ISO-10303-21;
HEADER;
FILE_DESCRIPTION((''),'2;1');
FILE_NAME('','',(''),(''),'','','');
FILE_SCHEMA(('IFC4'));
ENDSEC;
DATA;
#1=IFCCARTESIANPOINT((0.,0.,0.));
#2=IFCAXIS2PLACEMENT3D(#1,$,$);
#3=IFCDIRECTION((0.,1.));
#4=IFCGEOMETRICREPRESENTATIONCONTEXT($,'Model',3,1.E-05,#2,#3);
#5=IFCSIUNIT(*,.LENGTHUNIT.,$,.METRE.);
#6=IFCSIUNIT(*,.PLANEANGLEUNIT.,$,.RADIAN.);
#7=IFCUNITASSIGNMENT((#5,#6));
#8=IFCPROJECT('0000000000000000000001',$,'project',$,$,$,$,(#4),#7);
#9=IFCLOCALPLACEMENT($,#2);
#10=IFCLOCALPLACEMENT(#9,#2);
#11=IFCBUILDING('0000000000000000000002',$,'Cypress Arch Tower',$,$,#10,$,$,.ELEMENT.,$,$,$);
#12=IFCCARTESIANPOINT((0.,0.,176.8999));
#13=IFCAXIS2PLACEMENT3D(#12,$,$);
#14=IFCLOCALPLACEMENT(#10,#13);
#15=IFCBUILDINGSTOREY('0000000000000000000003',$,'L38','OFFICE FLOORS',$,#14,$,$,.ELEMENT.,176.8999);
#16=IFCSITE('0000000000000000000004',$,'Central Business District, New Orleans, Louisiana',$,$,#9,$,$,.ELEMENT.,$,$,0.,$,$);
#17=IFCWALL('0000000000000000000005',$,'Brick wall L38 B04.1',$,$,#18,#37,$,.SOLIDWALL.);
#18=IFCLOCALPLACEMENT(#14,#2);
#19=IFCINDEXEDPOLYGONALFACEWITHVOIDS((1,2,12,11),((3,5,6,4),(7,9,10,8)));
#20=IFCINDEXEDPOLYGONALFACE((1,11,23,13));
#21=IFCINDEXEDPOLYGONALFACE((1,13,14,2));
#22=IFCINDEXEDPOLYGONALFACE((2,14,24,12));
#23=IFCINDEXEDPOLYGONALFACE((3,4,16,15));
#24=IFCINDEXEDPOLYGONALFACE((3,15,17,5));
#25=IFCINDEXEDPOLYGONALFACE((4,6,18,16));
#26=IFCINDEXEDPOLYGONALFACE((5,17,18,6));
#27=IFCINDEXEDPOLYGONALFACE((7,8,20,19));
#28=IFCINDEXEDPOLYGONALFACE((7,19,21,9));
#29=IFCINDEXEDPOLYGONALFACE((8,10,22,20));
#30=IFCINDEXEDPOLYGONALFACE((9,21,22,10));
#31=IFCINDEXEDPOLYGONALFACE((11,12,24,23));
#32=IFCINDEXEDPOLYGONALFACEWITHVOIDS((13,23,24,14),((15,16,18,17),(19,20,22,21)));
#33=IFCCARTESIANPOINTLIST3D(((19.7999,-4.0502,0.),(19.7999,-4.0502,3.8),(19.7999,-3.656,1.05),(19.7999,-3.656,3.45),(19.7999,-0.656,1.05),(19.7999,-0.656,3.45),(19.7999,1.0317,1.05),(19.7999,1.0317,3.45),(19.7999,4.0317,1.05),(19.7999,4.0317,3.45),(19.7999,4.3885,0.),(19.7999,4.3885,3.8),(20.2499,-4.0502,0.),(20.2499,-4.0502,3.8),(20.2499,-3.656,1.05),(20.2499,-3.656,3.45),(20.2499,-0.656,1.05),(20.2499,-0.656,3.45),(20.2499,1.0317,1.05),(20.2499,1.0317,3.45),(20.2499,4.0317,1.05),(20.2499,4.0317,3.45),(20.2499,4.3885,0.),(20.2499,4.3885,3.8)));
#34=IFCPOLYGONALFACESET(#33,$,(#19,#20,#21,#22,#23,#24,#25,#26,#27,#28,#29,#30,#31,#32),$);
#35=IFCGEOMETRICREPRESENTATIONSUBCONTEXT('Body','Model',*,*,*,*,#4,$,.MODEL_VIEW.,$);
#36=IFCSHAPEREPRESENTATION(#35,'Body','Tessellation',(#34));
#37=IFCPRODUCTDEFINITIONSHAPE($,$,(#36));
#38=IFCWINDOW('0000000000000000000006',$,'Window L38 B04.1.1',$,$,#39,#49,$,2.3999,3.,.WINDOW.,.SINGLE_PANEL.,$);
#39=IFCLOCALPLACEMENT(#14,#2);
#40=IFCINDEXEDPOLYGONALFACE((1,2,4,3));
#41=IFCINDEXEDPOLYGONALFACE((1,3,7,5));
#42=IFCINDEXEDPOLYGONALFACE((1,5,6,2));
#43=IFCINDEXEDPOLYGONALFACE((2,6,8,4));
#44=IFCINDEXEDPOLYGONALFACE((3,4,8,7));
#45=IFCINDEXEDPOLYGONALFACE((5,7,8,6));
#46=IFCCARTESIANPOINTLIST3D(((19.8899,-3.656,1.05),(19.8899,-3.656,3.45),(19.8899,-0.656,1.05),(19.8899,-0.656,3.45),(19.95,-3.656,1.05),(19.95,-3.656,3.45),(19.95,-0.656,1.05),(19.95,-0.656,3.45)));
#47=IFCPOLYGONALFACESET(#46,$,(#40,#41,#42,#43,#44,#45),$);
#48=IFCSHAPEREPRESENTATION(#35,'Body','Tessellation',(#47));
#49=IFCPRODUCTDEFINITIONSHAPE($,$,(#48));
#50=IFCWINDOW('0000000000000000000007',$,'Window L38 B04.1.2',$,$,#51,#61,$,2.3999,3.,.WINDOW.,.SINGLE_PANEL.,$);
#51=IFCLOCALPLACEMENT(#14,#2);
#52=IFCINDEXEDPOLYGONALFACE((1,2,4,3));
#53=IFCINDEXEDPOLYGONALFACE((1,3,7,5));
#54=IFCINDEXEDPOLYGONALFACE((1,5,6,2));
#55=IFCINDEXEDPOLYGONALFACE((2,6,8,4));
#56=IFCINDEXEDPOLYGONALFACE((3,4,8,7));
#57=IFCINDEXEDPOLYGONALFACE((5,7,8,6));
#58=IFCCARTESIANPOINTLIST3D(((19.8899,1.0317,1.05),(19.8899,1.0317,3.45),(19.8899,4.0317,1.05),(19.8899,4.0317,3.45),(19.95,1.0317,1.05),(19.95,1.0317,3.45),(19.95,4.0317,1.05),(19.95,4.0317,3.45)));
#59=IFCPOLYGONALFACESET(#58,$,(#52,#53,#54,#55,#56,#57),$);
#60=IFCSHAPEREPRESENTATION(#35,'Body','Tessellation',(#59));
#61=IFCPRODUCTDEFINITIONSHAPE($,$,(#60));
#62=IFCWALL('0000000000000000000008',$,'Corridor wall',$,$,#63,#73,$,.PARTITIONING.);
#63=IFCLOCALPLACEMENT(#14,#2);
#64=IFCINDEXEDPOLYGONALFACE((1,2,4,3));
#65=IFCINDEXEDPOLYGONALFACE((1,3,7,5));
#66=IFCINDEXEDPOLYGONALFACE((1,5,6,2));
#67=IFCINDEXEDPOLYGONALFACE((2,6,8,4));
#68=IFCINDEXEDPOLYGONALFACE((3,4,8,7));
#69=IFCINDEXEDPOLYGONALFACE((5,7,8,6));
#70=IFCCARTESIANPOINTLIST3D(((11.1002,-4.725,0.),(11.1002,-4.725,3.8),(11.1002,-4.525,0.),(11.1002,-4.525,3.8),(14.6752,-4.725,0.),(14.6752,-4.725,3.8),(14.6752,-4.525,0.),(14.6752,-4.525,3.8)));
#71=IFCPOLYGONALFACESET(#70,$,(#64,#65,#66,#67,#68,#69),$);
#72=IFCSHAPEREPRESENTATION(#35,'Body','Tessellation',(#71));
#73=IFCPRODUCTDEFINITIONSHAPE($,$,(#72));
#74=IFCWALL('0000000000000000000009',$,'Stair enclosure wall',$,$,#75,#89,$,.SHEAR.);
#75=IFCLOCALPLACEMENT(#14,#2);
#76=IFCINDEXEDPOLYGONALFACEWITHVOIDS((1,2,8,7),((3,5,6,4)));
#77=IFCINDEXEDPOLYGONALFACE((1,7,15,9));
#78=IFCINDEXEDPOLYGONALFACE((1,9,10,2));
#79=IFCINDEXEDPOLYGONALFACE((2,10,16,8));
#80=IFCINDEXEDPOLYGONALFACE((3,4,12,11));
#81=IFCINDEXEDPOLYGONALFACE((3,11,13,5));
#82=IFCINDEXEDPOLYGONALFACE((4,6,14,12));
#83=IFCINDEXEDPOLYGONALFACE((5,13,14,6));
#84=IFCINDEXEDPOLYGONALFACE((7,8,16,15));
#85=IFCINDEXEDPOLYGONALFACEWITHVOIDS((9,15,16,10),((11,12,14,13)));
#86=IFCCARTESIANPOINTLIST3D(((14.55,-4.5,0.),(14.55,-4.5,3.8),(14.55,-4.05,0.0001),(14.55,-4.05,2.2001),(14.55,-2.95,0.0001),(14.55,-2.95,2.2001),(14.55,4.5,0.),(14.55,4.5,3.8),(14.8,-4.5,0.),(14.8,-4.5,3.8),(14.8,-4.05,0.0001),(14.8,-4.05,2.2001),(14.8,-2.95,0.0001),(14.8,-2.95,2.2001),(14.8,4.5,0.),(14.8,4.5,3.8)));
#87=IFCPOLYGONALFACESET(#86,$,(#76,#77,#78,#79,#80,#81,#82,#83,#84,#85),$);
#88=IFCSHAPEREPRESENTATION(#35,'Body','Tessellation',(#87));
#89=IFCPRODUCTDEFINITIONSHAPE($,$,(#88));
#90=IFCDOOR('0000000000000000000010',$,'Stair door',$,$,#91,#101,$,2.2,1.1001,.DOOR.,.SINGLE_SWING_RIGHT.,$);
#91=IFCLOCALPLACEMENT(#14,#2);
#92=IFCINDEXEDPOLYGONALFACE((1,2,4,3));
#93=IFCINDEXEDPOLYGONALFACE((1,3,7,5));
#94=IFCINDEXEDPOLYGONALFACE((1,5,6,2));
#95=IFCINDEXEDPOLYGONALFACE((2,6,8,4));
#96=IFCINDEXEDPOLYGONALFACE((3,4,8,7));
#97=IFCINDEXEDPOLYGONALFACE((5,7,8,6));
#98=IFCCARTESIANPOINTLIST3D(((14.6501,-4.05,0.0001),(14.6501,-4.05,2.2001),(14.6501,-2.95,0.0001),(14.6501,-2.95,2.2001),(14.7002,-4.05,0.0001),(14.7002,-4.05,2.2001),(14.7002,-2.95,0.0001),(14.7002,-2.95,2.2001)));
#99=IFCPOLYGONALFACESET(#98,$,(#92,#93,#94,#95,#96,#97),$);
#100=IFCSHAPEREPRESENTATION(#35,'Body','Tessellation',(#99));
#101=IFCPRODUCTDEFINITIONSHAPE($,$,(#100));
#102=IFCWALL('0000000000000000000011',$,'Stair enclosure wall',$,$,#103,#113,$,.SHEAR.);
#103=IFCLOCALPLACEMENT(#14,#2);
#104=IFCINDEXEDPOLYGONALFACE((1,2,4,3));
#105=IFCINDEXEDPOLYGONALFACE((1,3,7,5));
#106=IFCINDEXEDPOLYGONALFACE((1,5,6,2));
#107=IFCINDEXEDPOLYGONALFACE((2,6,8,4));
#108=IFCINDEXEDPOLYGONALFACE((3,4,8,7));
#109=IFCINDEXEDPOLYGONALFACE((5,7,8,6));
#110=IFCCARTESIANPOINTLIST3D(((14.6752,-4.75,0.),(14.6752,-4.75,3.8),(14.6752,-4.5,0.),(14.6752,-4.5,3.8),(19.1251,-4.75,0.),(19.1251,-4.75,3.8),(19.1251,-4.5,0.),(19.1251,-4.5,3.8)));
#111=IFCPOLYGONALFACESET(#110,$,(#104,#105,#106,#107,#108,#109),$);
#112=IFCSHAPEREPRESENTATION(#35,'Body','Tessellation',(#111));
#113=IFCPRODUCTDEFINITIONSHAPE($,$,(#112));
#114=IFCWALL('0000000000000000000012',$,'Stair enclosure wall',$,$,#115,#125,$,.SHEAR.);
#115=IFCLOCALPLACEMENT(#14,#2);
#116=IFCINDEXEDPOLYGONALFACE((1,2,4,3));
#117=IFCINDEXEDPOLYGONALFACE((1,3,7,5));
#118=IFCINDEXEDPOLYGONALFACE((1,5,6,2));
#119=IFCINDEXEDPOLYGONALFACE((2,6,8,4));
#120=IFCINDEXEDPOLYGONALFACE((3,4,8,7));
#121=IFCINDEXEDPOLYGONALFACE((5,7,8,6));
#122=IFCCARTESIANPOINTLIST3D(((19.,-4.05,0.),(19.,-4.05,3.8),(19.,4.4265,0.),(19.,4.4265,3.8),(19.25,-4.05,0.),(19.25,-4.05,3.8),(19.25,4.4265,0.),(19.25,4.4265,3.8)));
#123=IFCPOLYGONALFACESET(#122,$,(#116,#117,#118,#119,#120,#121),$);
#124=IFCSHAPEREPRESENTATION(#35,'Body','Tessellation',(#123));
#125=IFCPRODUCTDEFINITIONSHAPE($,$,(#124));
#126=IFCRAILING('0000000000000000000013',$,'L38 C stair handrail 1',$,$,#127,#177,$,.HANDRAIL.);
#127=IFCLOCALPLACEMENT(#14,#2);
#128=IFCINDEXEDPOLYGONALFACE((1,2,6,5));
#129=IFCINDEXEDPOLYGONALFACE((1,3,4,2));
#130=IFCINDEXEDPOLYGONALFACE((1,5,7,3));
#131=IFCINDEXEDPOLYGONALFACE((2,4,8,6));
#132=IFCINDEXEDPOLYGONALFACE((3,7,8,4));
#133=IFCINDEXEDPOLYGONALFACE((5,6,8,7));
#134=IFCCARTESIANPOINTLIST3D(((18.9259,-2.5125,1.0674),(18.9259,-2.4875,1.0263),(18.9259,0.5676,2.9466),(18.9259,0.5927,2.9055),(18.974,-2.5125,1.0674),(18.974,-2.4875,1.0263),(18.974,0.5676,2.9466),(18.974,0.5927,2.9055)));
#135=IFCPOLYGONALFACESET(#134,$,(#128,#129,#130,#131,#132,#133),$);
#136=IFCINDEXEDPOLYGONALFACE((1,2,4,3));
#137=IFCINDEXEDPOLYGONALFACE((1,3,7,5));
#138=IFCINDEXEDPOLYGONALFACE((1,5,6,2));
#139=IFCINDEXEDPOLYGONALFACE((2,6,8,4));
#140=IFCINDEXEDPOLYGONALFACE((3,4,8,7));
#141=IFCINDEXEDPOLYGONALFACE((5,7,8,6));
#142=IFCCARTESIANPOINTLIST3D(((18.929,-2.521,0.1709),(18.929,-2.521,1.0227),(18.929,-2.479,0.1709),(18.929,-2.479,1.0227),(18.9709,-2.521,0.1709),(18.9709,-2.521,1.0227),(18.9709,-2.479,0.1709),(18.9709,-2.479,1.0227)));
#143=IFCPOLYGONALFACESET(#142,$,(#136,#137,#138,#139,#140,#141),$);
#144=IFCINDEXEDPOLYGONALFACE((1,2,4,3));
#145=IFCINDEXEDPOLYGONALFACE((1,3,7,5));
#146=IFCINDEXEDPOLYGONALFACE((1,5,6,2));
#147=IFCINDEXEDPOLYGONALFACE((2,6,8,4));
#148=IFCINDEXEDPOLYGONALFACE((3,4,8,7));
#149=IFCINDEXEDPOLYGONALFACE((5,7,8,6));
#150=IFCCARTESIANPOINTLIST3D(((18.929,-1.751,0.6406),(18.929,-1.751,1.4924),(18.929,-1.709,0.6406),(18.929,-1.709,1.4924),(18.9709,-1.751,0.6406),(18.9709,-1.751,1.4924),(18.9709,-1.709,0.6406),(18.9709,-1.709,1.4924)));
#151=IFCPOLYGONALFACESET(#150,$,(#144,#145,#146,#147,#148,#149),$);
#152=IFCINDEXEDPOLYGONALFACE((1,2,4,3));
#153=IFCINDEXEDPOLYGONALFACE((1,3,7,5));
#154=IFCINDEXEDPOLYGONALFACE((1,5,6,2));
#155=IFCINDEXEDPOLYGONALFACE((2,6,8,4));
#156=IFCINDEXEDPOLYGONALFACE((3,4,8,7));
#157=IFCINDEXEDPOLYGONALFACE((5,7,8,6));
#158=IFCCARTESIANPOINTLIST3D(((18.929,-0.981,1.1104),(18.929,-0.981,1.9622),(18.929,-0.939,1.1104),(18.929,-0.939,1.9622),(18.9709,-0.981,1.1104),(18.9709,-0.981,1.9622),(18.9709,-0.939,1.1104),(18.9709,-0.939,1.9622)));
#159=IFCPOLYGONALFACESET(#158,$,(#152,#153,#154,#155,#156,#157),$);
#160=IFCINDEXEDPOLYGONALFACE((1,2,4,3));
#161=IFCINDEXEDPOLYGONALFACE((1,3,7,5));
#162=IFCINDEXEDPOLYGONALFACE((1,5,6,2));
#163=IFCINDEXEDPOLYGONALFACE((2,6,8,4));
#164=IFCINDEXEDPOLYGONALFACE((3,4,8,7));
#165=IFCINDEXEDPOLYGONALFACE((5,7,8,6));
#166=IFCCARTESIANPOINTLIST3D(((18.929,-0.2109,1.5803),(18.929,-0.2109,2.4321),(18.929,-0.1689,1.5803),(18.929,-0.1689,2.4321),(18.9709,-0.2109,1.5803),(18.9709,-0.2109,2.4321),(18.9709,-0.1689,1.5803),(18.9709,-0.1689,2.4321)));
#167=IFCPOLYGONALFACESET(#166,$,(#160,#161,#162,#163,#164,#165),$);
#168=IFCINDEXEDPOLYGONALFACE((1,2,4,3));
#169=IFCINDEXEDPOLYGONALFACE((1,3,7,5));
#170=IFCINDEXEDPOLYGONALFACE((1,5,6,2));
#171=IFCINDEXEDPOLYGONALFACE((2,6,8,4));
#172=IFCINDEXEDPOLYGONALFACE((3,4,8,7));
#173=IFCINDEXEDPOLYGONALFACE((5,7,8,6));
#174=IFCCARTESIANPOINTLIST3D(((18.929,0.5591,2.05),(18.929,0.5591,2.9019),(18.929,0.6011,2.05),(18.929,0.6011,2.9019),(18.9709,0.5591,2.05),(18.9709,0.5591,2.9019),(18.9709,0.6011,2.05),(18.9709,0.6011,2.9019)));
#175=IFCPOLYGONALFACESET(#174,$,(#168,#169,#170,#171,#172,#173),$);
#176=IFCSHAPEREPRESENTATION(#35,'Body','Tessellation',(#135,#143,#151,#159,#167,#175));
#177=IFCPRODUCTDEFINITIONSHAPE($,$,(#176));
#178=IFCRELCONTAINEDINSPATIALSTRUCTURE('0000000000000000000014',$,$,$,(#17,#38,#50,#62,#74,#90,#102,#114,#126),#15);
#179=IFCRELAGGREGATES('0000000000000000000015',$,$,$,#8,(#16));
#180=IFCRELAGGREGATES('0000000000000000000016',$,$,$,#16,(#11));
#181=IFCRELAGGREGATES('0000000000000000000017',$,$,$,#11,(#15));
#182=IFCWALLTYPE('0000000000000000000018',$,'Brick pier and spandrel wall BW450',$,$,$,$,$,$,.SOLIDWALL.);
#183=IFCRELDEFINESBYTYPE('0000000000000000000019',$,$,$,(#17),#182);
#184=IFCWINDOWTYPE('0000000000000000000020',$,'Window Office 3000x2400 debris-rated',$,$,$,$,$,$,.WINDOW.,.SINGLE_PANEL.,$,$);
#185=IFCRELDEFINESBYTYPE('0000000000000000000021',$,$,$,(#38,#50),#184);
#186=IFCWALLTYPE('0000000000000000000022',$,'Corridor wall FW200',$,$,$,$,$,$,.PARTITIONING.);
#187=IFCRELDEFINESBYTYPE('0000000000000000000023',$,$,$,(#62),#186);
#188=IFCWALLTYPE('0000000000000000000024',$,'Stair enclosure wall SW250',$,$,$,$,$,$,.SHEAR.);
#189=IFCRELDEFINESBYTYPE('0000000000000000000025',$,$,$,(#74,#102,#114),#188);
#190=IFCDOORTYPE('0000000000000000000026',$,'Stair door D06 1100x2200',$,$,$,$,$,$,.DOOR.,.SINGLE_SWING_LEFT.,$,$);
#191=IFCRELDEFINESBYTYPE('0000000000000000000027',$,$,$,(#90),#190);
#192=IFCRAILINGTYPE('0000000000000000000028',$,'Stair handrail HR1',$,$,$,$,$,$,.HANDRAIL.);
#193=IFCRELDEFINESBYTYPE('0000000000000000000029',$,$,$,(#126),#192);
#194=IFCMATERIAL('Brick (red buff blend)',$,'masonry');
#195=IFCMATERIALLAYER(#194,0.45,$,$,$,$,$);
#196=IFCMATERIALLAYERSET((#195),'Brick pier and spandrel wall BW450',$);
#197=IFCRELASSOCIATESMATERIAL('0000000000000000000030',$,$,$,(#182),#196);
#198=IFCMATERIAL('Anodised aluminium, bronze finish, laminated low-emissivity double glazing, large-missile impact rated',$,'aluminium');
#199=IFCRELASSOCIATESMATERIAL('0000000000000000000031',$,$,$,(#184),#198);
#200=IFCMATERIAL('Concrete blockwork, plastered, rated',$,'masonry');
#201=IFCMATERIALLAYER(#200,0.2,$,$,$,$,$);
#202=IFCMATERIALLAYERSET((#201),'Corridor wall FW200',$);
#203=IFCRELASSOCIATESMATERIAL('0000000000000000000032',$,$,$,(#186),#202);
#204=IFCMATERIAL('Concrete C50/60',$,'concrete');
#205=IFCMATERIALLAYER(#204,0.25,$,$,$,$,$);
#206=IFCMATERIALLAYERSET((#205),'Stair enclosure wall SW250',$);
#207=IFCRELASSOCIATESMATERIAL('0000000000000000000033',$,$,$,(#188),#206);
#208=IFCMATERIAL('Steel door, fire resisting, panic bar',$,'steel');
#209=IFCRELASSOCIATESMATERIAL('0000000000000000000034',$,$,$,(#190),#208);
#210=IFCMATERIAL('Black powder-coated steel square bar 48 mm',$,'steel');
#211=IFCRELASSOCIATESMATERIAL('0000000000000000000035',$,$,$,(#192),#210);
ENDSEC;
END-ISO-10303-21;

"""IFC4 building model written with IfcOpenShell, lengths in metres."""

from ifc_helpers import new_model, si_unit, direction, frame, frame_2d, origin, origin_2d, place, context, subcontext, project, spatial, rectangle, extrude, material, layer, layer_set, type_object, element, fill, save


model = new_model("IFC4")

# Units and contexts
model_context = context("Model", 3, precision=1e-05, world=origin(), true_north=direction((0.0, 1.0)))
body_context = subcontext(model_context, "Body", "Model", "MODEL_VIEW")
ifc_project = project(units=[si_unit("LENGTHUNIT", "METRE"), si_unit("PLANEANGLEUNIT", "RADIAN")], contexts=[model_context])

# Site, building, storey
site_placement = place(None, origin())
site = spatial("IfcSite", under=ifc_project, at=site_placement, Name="Central Business District, New Orleans, Louisiana", CompositionType="ELEMENT", RefElevation=0.0)
building_placement = place(site_placement, origin())
building = spatial("IfcBuilding", under=site, at=building_placement, Name="Cypress Arch Tower", CompositionType="ELEMENT")
storey_placement = place(building_placement, frame((0.0, 0.0, 176.8999)))
storey = spatial("IfcBuildingStorey", under=building, at=storey_placement, Name="L38", Description="OFFICE FLOORS", CompositionType="ELEMENT", Elevation=176.8999)

# Wall, openings, windows
ifc_material_1 = material(Name="Brick (red buff blend)", Category="masonry")
ifc_layer_1 = layer(ifc_material_1, 0.45)
ifc_layer_set_1 = layer_set([ifc_layer_1], Name="Brick pier and spandrel wall BW450")
wall_type_1 = type_object("IfcWallType", Name="Brick pier and spandrel wall BW450", PredefinedType="SOLIDWALL", material=ifc_layer_set_1)
wall_1_placement = place(storey_placement, frame((20.0249, -4.05, 0.0), z_axis=(0.0, 0.0, 1.0), x_axis=(0.0, 1.0, 0.0)))
wall_1 = element("IfcWall", 1, at=wall_1_placement, inside=storey, type_object=wall_type_1, Name="Brick wall L38 B04.1", PredefinedType="SOLIDWALL", context=body_context, shape_type="SweptSolid", body=[
    extrude(rectangle(XDim=8.4387, YDim=0.45, at=frame_2d((4.2192, 0.0))), origin(), (0.0, 0.0, 1.0), 3.8),
])
opening_1_placement = place(wall_1_placement, frame((0.394, 0.0, 1.05)))
opening_1 = element("IfcOpeningElement", 2, at=opening_1_placement, cuts=wall_1, PredefinedType="OPENING", context=body_context, shape_type="SweptSolid", body=[
    extrude(rectangle(XDim=3.0, YDim=2.3999, at=frame_2d((1.5, 1.2))), frame((0.0, 0.2349, 0.0), z_axis=(0.0, -1.0, 0.0), x_axis=(1.0, 0.0, 0.0)), (0.0, 0.0, 1.0), 0.47),
])
opening_2_placement = place(wall_1_placement, frame((5.0818, 0.0, 1.05)))
opening_2 = element("IfcOpeningElement", 3, at=opening_2_placement, cuts=wall_1, PredefinedType="OPENING", context=body_context, shape_type="SweptSolid", body=[
    extrude(rectangle(XDim=3.0, YDim=2.3999, at=frame_2d((1.5, 1.2))), frame((0.0, 0.2349, 0.0), z_axis=(0.0, -1.0, 0.0), x_axis=(1.0, 0.0, 0.0)), (0.0, 0.0, 1.0), 0.47),
])
ifc_material_2 = material(Name="Anodised aluminium, bronze finish, laminated low-emissivity double glazing, large-missile impact rated", Category="aluminium")
window_type = type_object("IfcWindowType", Name="Window Office 3000x2400 debris-rated", PartitioningType="SINGLE_PANEL", PredefinedType="WINDOW", material=ifc_material_2)
window_1_placement = place(opening_1_placement, origin())
window_1 = element("IfcWindow", 4, at=window_1_placement, inside=storey, type_object=window_type, Name="Window L38 B04.1.1", OverallHeight=2.3999, OverallWidth=3.0, PartitioningType="SINGLE_PANEL", PredefinedType="WINDOW", context=body_context, shape_type="SweptSolid", body=[
    extrude(rectangle(XDim=3.0, YDim=2.3999, at=frame_2d((1.5, 1.2))), frame((0.0, 0.135, 0.0), z_axis=(0.0, -1.0, 0.0), x_axis=(1.0, 0.0, 0.0)), (0.0, 0.0, 1.0), 0.0601),
])
fill(opening_1, window_1)
window_2_placement = place(opening_2_placement, origin())
window_2 = element("IfcWindow", 5, at=window_2_placement, inside=storey, type_object=window_type, Name="Window L38 B04.1.2", OverallHeight=2.3999, OverallWidth=3.0, PartitioningType="SINGLE_PANEL", PredefinedType="WINDOW", context=body_context, shape_type="SweptSolid", body=[
    extrude(rectangle(XDim=3.0, YDim=2.3999, at=frame_2d((1.5, 1.2))), frame((0.0, 0.135, 0.0), z_axis=(0.0, -1.0, 0.0), x_axis=(1.0, 0.0, 0.0)), (0.0, 0.0, 1.0), 0.0601),
])
fill(opening_2, window_2)

# Wall
ifc_material_3 = material(Name="Concrete blockwork, plastered, rated", Category="masonry")
ifc_layer_2 = layer(ifc_material_3, 0.2)
ifc_layer_set_2 = layer_set([ifc_layer_2], Name="Corridor wall FW200")
wall_type_2 = type_object("IfcWallType", Name="Corridor wall FW200", PredefinedType="PARTITIONING", material=ifc_layer_set_2)
wall_2_placement = place(storey_placement, frame((11.1001, -4.625, 0.0), z_axis=(0.0, 0.0, 1.0), x_axis=(1.0, 0.0, 0.0)))
element("IfcWall", 6, at=wall_2_placement, inside=storey, type_object=wall_type_2, Name="Corridor wall", PredefinedType="PARTITIONING", context=body_context, shape_type="SweptSolid", body=[
    extrude(rectangle(XDim=3.575, YDim=0.2, at=frame_2d((1.7876, 0.0))), origin(), (0.0, 0.0, 1.0), 3.8),
])

# Wall, opening, door
ifc_material_4 = material(Name="Concrete C50/60", Category="concrete")
ifc_layer_3 = layer(ifc_material_4, 0.25)
ifc_layer_set_3 = layer_set([ifc_layer_3], Name="Stair enclosure wall SW250")
wall_type_3 = type_object("IfcWallType", Name="Stair enclosure wall SW250", PredefinedType="SHEAR", material=ifc_layer_set_3)
wall_3_placement = place(storey_placement, frame((14.675, -4.5, 0.0), z_axis=(0.0, 0.0, 1.0), x_axis=(0.0, 1.0, 0.0)))
wall_3 = element("IfcWall", 7, at=wall_3_placement, inside=storey, type_object=wall_type_3, Name="Stair enclosure wall", PredefinedType="SHEAR", context=body_context, shape_type="SweptSolid", body=[
    extrude(rectangle(XDim=9.0, YDim=0.25, at=frame_2d((4.5, 0.0))), origin(), (0.0, 0.0, 1.0), 3.8),
])
opening_3_placement = place(wall_3_placement, frame((0.45, 0.0, 0.0)))
opening_3 = element("IfcOpeningElement", 8, at=opening_3_placement, cuts=wall_3, PredefinedType="OPENING", context=body_context, shape_type="SweptSolid", body=[
    extrude(rectangle(XDim=1.1001, YDim=2.2, at=frame_2d((0.55, 1.1001))), frame((0.0, 0.135, 0.0), z_axis=(0.0, -1.0, 0.0), x_axis=(1.0, 0.0, 0.0)), (0.0, 0.0, 1.0), 0.27),
])
ifc_material_5 = material(Name="Steel door, fire resisting, panic bar", Category="steel")
door_type = type_object("IfcDoorType", Name="Stair door D06 1100x2200", OperationType="SINGLE_SWING_LEFT", PredefinedType="DOOR", material=ifc_material_5)
door_placement = place(opening_3_placement, origin())
door = element("IfcDoor", 9, at=door_placement, inside=storey, type_object=door_type, Name="Stair door", OperationType="SINGLE_SWING_RIGHT", OverallHeight=2.2, OverallWidth=1.1001, PredefinedType="DOOR", context=body_context, shape_type="SweptSolid", body=[
    extrude(rectangle(XDim=1.1001, YDim=2.2, at=frame_2d((0.55, 1.1001))), frame((0.0, 0.0249, 0.0), z_axis=(0.0, -1.0, 0.0), x_axis=(1.0, 0.0, 0.0)), (0.0, 0.0, 1.0), 0.05),
])
fill(opening_3, door)

# Walls
wall_4_placement = place(storey_placement, frame((14.675, -4.625, 0.0), z_axis=(0.0, 0.0, 1.0), x_axis=(1.0, 0.0, 0.0)))
element("IfcWall", 10, at=wall_4_placement, inside=storey, type_object=wall_type_3, Name="Stair enclosure wall", PredefinedType="SHEAR", context=body_context, shape_type="SweptSolid", body=[
    extrude(rectangle(XDim=4.45, YDim=0.25, at=frame_2d((2.2251, 0.0))), origin(), (0.0, 0.0, 1.0), 3.8),
])
wall_5_placement = place(storey_placement, frame((19.125, -4.05, 0.0), z_axis=(0.0, 0.0, 1.0), x_axis=(0.0, 1.0, 0.0)))
element("IfcWall", 11, at=wall_5_placement, inside=storey, type_object=wall_type_3, Name="Stair enclosure wall", PredefinedType="SHEAR", context=body_context, shape_type="SweptSolid", body=[
    extrude(rectangle(XDim=8.4766, YDim=0.25, at=frame_2d((4.2383, 0.0))), origin(), (0.0, 0.0, 1.0), 3.8),
])

# Railing
ifc_material_6 = material(Name="Black powder-coated steel square bar 48 mm", Category="steel")
railing_type_1 = type_object("IfcRailingType", Name="Stair handrail HR1", PredefinedType="HANDRAIL", material=ifc_material_6)
railing_1_placement = place(storey_placement, frame((18.95, -2.5, 0.1709)))
element("IfcRailing", 12, at=railing_1_placement, inside=storey, type_object=railing_type_1, Name="L38 C stair handrail 1", PredefinedType="HANDRAIL", context=body_context, shape_type="SweptSolid", body=[
    extrude(rectangle(XDim=0.0481, YDim=0.0481, at=origin_2d()), frame((0.0, 0.0, 0.876), z_axis=(0.0, 0.853666, 0.52082), x_axis=(-1.0, 0.0, 0.0)), (0.0, 0.0, 1.0), 3.6082),
    extrude(rectangle(XDim=0.042, YDim=0.042, at=origin_2d()), origin(), (0.0, 0.0, 1.0), 0.8518),
    extrude(rectangle(XDim=0.042, YDim=0.042, at=origin_2d()), frame((0.0, 0.77, 0.4697)), (0.0, 0.0, 1.0), 0.8518),
    extrude(rectangle(XDim=0.042, YDim=0.042, at=origin_2d()), frame((0.0, 1.54, 0.9395)), (0.0, 0.0, 1.0), 0.8518),
    extrude(rectangle(XDim=0.042, YDim=0.042, at=origin_2d()), frame((0.0, 2.3101, 1.4094)), (0.0, 0.0, 1.0), 0.8518),
    extrude(rectangle(XDim=0.042, YDim=0.042, at=origin_2d()), frame((0.0, 3.0801, 1.8792)), (0.0, 0.0, 1.0), 0.8518),
])

save(model, "model.ifc")
